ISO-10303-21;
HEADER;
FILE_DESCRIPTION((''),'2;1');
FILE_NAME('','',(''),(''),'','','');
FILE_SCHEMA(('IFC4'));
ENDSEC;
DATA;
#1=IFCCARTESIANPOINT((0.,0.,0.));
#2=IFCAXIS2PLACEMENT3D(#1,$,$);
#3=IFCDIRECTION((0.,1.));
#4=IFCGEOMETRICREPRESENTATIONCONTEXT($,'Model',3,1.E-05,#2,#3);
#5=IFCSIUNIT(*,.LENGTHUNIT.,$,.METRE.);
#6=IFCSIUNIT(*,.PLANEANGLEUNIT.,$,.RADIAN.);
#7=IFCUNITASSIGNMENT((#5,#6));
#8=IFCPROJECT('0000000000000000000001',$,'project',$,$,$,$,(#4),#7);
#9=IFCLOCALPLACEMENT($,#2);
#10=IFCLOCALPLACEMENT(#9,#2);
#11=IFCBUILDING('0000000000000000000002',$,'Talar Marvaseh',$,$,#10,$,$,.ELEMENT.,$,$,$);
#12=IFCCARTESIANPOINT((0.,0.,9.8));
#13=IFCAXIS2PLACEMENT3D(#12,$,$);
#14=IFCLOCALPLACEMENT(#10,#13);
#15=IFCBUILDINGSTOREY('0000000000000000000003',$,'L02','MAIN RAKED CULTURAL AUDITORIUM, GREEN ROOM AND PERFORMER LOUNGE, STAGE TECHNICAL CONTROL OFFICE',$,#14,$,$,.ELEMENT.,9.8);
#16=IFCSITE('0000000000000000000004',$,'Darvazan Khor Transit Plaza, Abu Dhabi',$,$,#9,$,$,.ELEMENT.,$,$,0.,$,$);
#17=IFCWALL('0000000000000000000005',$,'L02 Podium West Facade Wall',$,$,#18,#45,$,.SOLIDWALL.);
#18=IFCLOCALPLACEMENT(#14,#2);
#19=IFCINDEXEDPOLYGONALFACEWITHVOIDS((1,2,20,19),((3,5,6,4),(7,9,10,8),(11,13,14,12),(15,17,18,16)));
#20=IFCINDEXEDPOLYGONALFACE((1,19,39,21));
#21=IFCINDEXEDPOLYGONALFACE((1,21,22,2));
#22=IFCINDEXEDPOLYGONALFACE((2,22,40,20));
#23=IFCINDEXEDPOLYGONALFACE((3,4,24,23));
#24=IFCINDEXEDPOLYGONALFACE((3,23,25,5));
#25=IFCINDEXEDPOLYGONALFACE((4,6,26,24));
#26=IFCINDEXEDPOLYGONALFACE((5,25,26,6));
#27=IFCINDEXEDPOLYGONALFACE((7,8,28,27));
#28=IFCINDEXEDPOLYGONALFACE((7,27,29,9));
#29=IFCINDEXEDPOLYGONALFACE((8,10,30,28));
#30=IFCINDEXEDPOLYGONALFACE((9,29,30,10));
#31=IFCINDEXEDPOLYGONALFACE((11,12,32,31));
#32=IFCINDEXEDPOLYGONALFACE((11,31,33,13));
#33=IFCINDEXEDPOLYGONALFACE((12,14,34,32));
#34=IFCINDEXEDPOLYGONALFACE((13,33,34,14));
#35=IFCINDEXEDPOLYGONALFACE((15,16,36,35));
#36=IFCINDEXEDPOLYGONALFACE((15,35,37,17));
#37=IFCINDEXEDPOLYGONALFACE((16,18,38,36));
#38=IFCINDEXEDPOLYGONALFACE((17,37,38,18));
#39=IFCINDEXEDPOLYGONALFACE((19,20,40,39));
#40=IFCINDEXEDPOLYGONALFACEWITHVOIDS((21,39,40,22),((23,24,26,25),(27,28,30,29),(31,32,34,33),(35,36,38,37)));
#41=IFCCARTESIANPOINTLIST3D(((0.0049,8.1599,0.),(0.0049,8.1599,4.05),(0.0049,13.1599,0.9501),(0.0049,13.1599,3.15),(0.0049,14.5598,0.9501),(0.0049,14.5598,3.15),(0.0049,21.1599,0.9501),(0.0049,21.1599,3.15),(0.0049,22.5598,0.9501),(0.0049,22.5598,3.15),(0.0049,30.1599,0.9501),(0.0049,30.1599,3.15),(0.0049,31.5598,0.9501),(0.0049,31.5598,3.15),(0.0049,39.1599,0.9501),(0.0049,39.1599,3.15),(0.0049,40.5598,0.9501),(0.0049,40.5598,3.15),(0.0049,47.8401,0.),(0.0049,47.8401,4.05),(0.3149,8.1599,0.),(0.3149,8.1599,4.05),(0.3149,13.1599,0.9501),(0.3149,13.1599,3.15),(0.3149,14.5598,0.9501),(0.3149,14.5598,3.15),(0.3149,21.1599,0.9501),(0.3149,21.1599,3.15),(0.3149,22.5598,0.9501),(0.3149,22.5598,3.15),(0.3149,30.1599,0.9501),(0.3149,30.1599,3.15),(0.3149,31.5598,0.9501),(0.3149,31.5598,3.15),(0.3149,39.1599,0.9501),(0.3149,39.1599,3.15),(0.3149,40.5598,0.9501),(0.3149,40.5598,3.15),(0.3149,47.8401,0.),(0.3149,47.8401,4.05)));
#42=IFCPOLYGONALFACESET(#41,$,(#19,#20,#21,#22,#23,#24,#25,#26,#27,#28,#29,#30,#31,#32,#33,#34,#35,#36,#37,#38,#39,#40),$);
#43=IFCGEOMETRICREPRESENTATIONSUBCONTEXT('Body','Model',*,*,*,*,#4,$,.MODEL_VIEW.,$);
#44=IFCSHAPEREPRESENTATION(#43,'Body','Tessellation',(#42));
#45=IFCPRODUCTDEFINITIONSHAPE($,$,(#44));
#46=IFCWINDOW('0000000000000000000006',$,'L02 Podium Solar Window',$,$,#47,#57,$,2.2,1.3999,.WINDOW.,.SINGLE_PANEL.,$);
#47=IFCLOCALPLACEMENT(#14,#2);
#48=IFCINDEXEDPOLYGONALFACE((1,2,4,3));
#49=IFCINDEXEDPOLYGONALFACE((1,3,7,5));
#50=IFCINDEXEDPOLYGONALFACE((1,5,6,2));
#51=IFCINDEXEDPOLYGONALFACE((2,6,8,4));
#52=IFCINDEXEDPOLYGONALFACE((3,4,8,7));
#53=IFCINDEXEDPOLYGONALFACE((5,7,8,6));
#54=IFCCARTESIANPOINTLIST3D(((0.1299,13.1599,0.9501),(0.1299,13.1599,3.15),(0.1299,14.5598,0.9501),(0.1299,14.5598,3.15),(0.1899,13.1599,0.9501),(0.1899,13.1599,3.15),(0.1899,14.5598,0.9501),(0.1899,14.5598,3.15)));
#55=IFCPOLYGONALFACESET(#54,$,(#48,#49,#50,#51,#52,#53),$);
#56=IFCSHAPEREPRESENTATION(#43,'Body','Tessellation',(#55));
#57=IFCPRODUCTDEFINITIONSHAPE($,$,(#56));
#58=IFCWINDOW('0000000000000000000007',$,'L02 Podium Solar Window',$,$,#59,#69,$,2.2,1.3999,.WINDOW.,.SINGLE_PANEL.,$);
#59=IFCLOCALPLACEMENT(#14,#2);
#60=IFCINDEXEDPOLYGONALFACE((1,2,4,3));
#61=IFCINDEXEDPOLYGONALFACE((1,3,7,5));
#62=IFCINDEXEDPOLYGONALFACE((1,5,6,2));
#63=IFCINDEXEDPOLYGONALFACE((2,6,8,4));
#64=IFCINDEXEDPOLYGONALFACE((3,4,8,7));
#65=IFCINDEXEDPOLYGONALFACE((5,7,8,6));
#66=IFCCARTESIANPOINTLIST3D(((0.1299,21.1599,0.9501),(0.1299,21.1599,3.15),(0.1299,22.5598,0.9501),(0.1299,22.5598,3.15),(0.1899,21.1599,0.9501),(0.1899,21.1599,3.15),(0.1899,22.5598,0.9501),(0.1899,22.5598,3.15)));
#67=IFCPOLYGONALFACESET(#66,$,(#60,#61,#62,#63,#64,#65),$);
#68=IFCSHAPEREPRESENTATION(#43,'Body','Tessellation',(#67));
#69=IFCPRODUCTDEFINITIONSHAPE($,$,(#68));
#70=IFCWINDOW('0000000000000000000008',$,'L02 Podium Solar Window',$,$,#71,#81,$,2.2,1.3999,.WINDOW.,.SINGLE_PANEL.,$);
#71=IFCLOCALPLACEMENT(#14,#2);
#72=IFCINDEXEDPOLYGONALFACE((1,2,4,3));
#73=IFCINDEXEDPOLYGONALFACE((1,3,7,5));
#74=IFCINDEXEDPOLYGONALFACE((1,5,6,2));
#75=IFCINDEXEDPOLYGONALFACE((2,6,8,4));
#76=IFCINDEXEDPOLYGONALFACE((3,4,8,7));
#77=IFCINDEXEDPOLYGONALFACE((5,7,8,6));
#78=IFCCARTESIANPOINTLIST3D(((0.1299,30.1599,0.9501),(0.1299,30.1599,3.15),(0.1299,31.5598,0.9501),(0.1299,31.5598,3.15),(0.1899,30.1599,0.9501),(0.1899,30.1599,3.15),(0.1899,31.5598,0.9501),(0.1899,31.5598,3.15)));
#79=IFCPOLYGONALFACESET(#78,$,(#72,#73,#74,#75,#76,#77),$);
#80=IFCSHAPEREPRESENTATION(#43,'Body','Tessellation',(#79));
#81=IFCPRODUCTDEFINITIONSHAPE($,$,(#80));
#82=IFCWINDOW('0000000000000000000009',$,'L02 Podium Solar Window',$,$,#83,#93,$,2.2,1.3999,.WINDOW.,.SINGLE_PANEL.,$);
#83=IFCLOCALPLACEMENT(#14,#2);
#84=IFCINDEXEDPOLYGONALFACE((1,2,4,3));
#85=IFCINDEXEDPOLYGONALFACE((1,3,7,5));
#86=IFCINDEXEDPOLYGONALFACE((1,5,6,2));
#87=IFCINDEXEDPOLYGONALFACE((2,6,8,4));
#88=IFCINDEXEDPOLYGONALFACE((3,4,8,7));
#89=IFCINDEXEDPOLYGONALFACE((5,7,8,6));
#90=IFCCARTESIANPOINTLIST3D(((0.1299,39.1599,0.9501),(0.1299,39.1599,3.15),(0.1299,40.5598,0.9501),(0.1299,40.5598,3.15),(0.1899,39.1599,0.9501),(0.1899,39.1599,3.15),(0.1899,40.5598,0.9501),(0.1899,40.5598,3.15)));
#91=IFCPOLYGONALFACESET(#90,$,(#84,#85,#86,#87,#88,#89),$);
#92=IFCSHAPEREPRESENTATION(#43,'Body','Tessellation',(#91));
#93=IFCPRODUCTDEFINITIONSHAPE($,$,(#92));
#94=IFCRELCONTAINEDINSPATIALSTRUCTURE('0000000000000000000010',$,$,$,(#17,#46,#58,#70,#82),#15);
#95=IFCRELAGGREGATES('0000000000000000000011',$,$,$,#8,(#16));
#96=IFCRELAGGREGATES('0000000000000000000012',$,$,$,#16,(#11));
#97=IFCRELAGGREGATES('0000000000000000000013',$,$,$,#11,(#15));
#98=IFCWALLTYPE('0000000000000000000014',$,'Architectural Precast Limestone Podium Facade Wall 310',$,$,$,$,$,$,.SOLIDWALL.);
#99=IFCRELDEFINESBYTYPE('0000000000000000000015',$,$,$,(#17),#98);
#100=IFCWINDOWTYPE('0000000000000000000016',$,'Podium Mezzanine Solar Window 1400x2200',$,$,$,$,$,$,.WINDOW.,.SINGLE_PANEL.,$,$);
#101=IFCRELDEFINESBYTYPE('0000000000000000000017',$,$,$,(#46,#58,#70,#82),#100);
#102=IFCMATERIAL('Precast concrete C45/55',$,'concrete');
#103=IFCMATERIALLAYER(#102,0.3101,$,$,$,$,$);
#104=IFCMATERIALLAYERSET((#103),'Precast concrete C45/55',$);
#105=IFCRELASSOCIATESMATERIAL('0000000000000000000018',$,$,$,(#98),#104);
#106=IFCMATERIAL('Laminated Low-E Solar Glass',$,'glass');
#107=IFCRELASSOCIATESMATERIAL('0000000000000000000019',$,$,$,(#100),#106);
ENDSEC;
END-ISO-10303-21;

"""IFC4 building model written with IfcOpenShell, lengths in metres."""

from ifc_helpers import new_model, si_unit, direction, frame, frame_2d, origin, place, context, subcontext, project, spatial, rectangle, extrude, source, transform, mapped, material, layer, layer_set, type_object, type_shapes, element, fill, save


model = new_model("IFC4")

# Units and contexts
model_context = context("Model", 3, precision=1e-05, world=origin(), true_north=direction((0.0, 1.0)))
body_context = subcontext(model_context, "Body", "Model", "MODEL_VIEW")
ifc_project = project(units=[si_unit("LENGTHUNIT", "METRE"), si_unit("PLANEANGLEUNIT", "RADIAN")], contexts=[model_context])

# Site, building, storey
site_placement = place(None, origin())
site = spatial("IfcSite", under=ifc_project, at=site_placement, Name="Darvazan Khor Transit Plaza, Abu Dhabi", CompositionType="ELEMENT", RefElevation=0.0)
building_placement = place(site_placement, origin())
building = spatial("IfcBuilding", under=site, at=building_placement, Name="Talar Marvaseh", CompositionType="ELEMENT")
storey_placement = place(building_placement, frame((0.0, 0.0, 9.8)))
storey = spatial("IfcBuildingStorey", under=building, at=storey_placement, Name="L02", Description="MAIN RAKED CULTURAL AUDITORIUM, GREEN ROOM AND PERFORMER LOUNGE, STAGE TECHNICAL CONTROL OFFICE", CompositionType="ELEMENT", Elevation=9.8)

# Wall, openings, windows
ifc_material_1 = material(Name="Precast concrete C45/55", Category="concrete")
ifc_layer_1 = layer(ifc_material_1, 0.3101)
ifc_layer_set_1 = layer_set([ifc_layer_1], Name="Precast concrete C45/55")
wall_type = type_object("IfcWallType", Name="Architectural Precast Limestone Podium Facade Wall 310", PredefinedType="SOLIDWALL", material=ifc_layer_set_1)
wall_placement = place(storey_placement, frame((0.1599, 8.1599, 0.0), z_axis=(0.0, 0.0, 1.0), x_axis=(0.0, 1.0, 0.0)))
wall = element("IfcWall", 1, at=wall_placement, inside=storey, type_object=wall_type, Name="L02 Podium West Facade Wall", PredefinedType="SOLIDWALL", context=body_context, shape_type="SweptSolid", body=[
    extrude(rectangle(XDim=39.6802, YDim=0.3101, at=frame_2d((19.8401, 0.0))), origin(), (0.0, 0.0, 1.0), 4.05),
])
opening_1_placement = place(wall_placement, frame((5.0, 0.0, 0.95)))
opening_1 = element("IfcOpeningElement", 2, at=opening_1_placement, cuts=wall, PredefinedType="OPENING", context=body_context, shape_type="SweptSolid", body=[
    extrude(rectangle(XDim=1.3999, YDim=2.2, at=frame_2d((0.7, 1.1001))), frame((0.0, 0.165, 0.0), z_axis=(0.0, -1.0, 0.0), x_axis=(1.0, 0.0, 0.0)), (0.0, 0.0, 1.0), 0.3301),
])
opening_2_placement = place(wall_placement, frame((13.0, 0.0, 0.95)))
opening_2 = element("IfcOpeningElement", 3, at=opening_2_placement, cuts=wall, PredefinedType="OPENING", context=body_context, shape_type="SweptSolid", body=[
    extrude(rectangle(XDim=1.3999, YDim=2.2, at=frame_2d((0.7, 1.1001))), frame((0.0, 0.165, 0.0), z_axis=(0.0, -1.0, 0.0), x_axis=(1.0, 0.0, 0.0)), (0.0, 0.0, 1.0), 0.3301),
])
opening_3_placement = place(wall_placement, frame((22.0, 0.0, 0.95)))
opening_3 = element("IfcOpeningElement", 4, at=opening_3_placement, cuts=wall, PredefinedType="OPENING", context=body_context, shape_type="SweptSolid", body=[
    extrude(rectangle(XDim=1.3999, YDim=2.2, at=frame_2d((0.7, 1.1001))), frame((0.0, 0.165, 0.0), z_axis=(0.0, -1.0, 0.0), x_axis=(1.0, 0.0, 0.0)), (0.0, 0.0, 1.0), 0.3301),
])
opening_4_placement = place(wall_placement, frame((31.0, 0.0, 0.95)))
opening_4 = element("IfcOpeningElement", 5, at=opening_4_placement, cuts=wall, PredefinedType="OPENING", context=body_context, shape_type="SweptSolid", body=[
    extrude(rectangle(XDim=1.3999, YDim=2.2, at=frame_2d((0.7, 1.1001))), frame((0.0, 0.165, 0.0), z_axis=(0.0, -1.0, 0.0), x_axis=(1.0, 0.0, 0.0)), (0.0, 0.0, 1.0), 0.3301),
])
ifc_material_2 = material(Name="Laminated Low-E Solar Glass", Category="glass")
window_type = type_object("IfcWindowType", Name="Podium Mezzanine Solar Window 1400x2200", PartitioningType="SINGLE_PANEL", PredefinedType="WINDOW", material=ifc_material_2)
shared_shape = source(origin(), body_context, "Body", "SweptSolid", [
    extrude(rectangle(XDim=1.3999, YDim=2.2, at=frame_2d((0.7, 1.1001))), frame((0.0, 0.03, 0.0), z_axis=(0.0, -1.0, 0.0), x_axis=(1.0, 0.0, 0.0)), (0.0, 0.0, 1.0), 0.0601),
])
type_shapes(window_type, [shared_shape])
window_1_placement = place(opening_1_placement, origin())
window_1 = element("IfcWindow", 6, at=window_1_placement, inside=storey, type_object=window_type, Name="L02 Podium Solar Window", OverallHeight=2.2, OverallWidth=1.3999, PartitioningType="SINGLE_PANEL", PredefinedType="WINDOW", context=body_context, shape_type="MappedRepresentation", body=[
    mapped(shared_shape, transform((0.0, 0.0, 0.0), x_axis=(1.0, 0.0, 0.0), y_axis=(0.0, 1.0, 0.0), z_axis=(0.0, 0.0, 1.0), scale=1.0)),
])
fill(opening_1, window_1)
window_2_placement = place(opening_2_placement, origin())
window_2 = element("IfcWindow", 7, at=window_2_placement, inside=storey, type_object=window_type, Name="L02 Podium Solar Window", OverallHeight=2.2, OverallWidth=1.3999, PartitioningType="SINGLE_PANEL", PredefinedType="WINDOW", context=body_context, shape_type="MappedRepresentation", body=[
    mapped(shared_shape, transform((0.0, 0.0, 0.0), x_axis=(1.0, 0.0, 0.0), y_axis=(0.0, 1.0, 0.0), z_axis=(0.0, 0.0, 1.0), scale=1.0)),
])
fill(opening_2, window_2)
window_3_placement = place(opening_3_placement, origin())
window_3 = element("IfcWindow", 8, at=window_3_placement, inside=storey, type_object=window_type, Name="L02 Podium Solar Window", OverallHeight=2.2, OverallWidth=1.3999, PartitioningType="SINGLE_PANEL", PredefinedType="WINDOW", context=body_context, shape_type="MappedRepresentation", body=[
    mapped(shared_shape, transform((0.0, 0.0, 0.0), x_axis=(1.0, 0.0, 0.0), y_axis=(0.0, 1.0, 0.0), z_axis=(0.0, 0.0, 1.0), scale=1.0)),
])
fill(opening_3, window_3)
window_4_placement = place(opening_4_placement, origin())
window_4 = element("IfcWindow", 9, at=window_4_placement, inside=storey, type_object=window_type, Name="L02 Podium Solar Window", OverallHeight=2.2, OverallWidth=1.3999, PartitioningType="SINGLE_PANEL", PredefinedType="WINDOW", context=body_context, shape_type="MappedRepresentation", body=[
    mapped(shared_shape, transform((0.0, 0.0, 0.0), x_axis=(1.0, 0.0, 0.0), y_axis=(0.0, 1.0, 0.0), z_axis=(0.0, 0.0, 1.0), scale=1.0)),
])
fill(opening_4, window_4)

save(model, "model.ifc")
